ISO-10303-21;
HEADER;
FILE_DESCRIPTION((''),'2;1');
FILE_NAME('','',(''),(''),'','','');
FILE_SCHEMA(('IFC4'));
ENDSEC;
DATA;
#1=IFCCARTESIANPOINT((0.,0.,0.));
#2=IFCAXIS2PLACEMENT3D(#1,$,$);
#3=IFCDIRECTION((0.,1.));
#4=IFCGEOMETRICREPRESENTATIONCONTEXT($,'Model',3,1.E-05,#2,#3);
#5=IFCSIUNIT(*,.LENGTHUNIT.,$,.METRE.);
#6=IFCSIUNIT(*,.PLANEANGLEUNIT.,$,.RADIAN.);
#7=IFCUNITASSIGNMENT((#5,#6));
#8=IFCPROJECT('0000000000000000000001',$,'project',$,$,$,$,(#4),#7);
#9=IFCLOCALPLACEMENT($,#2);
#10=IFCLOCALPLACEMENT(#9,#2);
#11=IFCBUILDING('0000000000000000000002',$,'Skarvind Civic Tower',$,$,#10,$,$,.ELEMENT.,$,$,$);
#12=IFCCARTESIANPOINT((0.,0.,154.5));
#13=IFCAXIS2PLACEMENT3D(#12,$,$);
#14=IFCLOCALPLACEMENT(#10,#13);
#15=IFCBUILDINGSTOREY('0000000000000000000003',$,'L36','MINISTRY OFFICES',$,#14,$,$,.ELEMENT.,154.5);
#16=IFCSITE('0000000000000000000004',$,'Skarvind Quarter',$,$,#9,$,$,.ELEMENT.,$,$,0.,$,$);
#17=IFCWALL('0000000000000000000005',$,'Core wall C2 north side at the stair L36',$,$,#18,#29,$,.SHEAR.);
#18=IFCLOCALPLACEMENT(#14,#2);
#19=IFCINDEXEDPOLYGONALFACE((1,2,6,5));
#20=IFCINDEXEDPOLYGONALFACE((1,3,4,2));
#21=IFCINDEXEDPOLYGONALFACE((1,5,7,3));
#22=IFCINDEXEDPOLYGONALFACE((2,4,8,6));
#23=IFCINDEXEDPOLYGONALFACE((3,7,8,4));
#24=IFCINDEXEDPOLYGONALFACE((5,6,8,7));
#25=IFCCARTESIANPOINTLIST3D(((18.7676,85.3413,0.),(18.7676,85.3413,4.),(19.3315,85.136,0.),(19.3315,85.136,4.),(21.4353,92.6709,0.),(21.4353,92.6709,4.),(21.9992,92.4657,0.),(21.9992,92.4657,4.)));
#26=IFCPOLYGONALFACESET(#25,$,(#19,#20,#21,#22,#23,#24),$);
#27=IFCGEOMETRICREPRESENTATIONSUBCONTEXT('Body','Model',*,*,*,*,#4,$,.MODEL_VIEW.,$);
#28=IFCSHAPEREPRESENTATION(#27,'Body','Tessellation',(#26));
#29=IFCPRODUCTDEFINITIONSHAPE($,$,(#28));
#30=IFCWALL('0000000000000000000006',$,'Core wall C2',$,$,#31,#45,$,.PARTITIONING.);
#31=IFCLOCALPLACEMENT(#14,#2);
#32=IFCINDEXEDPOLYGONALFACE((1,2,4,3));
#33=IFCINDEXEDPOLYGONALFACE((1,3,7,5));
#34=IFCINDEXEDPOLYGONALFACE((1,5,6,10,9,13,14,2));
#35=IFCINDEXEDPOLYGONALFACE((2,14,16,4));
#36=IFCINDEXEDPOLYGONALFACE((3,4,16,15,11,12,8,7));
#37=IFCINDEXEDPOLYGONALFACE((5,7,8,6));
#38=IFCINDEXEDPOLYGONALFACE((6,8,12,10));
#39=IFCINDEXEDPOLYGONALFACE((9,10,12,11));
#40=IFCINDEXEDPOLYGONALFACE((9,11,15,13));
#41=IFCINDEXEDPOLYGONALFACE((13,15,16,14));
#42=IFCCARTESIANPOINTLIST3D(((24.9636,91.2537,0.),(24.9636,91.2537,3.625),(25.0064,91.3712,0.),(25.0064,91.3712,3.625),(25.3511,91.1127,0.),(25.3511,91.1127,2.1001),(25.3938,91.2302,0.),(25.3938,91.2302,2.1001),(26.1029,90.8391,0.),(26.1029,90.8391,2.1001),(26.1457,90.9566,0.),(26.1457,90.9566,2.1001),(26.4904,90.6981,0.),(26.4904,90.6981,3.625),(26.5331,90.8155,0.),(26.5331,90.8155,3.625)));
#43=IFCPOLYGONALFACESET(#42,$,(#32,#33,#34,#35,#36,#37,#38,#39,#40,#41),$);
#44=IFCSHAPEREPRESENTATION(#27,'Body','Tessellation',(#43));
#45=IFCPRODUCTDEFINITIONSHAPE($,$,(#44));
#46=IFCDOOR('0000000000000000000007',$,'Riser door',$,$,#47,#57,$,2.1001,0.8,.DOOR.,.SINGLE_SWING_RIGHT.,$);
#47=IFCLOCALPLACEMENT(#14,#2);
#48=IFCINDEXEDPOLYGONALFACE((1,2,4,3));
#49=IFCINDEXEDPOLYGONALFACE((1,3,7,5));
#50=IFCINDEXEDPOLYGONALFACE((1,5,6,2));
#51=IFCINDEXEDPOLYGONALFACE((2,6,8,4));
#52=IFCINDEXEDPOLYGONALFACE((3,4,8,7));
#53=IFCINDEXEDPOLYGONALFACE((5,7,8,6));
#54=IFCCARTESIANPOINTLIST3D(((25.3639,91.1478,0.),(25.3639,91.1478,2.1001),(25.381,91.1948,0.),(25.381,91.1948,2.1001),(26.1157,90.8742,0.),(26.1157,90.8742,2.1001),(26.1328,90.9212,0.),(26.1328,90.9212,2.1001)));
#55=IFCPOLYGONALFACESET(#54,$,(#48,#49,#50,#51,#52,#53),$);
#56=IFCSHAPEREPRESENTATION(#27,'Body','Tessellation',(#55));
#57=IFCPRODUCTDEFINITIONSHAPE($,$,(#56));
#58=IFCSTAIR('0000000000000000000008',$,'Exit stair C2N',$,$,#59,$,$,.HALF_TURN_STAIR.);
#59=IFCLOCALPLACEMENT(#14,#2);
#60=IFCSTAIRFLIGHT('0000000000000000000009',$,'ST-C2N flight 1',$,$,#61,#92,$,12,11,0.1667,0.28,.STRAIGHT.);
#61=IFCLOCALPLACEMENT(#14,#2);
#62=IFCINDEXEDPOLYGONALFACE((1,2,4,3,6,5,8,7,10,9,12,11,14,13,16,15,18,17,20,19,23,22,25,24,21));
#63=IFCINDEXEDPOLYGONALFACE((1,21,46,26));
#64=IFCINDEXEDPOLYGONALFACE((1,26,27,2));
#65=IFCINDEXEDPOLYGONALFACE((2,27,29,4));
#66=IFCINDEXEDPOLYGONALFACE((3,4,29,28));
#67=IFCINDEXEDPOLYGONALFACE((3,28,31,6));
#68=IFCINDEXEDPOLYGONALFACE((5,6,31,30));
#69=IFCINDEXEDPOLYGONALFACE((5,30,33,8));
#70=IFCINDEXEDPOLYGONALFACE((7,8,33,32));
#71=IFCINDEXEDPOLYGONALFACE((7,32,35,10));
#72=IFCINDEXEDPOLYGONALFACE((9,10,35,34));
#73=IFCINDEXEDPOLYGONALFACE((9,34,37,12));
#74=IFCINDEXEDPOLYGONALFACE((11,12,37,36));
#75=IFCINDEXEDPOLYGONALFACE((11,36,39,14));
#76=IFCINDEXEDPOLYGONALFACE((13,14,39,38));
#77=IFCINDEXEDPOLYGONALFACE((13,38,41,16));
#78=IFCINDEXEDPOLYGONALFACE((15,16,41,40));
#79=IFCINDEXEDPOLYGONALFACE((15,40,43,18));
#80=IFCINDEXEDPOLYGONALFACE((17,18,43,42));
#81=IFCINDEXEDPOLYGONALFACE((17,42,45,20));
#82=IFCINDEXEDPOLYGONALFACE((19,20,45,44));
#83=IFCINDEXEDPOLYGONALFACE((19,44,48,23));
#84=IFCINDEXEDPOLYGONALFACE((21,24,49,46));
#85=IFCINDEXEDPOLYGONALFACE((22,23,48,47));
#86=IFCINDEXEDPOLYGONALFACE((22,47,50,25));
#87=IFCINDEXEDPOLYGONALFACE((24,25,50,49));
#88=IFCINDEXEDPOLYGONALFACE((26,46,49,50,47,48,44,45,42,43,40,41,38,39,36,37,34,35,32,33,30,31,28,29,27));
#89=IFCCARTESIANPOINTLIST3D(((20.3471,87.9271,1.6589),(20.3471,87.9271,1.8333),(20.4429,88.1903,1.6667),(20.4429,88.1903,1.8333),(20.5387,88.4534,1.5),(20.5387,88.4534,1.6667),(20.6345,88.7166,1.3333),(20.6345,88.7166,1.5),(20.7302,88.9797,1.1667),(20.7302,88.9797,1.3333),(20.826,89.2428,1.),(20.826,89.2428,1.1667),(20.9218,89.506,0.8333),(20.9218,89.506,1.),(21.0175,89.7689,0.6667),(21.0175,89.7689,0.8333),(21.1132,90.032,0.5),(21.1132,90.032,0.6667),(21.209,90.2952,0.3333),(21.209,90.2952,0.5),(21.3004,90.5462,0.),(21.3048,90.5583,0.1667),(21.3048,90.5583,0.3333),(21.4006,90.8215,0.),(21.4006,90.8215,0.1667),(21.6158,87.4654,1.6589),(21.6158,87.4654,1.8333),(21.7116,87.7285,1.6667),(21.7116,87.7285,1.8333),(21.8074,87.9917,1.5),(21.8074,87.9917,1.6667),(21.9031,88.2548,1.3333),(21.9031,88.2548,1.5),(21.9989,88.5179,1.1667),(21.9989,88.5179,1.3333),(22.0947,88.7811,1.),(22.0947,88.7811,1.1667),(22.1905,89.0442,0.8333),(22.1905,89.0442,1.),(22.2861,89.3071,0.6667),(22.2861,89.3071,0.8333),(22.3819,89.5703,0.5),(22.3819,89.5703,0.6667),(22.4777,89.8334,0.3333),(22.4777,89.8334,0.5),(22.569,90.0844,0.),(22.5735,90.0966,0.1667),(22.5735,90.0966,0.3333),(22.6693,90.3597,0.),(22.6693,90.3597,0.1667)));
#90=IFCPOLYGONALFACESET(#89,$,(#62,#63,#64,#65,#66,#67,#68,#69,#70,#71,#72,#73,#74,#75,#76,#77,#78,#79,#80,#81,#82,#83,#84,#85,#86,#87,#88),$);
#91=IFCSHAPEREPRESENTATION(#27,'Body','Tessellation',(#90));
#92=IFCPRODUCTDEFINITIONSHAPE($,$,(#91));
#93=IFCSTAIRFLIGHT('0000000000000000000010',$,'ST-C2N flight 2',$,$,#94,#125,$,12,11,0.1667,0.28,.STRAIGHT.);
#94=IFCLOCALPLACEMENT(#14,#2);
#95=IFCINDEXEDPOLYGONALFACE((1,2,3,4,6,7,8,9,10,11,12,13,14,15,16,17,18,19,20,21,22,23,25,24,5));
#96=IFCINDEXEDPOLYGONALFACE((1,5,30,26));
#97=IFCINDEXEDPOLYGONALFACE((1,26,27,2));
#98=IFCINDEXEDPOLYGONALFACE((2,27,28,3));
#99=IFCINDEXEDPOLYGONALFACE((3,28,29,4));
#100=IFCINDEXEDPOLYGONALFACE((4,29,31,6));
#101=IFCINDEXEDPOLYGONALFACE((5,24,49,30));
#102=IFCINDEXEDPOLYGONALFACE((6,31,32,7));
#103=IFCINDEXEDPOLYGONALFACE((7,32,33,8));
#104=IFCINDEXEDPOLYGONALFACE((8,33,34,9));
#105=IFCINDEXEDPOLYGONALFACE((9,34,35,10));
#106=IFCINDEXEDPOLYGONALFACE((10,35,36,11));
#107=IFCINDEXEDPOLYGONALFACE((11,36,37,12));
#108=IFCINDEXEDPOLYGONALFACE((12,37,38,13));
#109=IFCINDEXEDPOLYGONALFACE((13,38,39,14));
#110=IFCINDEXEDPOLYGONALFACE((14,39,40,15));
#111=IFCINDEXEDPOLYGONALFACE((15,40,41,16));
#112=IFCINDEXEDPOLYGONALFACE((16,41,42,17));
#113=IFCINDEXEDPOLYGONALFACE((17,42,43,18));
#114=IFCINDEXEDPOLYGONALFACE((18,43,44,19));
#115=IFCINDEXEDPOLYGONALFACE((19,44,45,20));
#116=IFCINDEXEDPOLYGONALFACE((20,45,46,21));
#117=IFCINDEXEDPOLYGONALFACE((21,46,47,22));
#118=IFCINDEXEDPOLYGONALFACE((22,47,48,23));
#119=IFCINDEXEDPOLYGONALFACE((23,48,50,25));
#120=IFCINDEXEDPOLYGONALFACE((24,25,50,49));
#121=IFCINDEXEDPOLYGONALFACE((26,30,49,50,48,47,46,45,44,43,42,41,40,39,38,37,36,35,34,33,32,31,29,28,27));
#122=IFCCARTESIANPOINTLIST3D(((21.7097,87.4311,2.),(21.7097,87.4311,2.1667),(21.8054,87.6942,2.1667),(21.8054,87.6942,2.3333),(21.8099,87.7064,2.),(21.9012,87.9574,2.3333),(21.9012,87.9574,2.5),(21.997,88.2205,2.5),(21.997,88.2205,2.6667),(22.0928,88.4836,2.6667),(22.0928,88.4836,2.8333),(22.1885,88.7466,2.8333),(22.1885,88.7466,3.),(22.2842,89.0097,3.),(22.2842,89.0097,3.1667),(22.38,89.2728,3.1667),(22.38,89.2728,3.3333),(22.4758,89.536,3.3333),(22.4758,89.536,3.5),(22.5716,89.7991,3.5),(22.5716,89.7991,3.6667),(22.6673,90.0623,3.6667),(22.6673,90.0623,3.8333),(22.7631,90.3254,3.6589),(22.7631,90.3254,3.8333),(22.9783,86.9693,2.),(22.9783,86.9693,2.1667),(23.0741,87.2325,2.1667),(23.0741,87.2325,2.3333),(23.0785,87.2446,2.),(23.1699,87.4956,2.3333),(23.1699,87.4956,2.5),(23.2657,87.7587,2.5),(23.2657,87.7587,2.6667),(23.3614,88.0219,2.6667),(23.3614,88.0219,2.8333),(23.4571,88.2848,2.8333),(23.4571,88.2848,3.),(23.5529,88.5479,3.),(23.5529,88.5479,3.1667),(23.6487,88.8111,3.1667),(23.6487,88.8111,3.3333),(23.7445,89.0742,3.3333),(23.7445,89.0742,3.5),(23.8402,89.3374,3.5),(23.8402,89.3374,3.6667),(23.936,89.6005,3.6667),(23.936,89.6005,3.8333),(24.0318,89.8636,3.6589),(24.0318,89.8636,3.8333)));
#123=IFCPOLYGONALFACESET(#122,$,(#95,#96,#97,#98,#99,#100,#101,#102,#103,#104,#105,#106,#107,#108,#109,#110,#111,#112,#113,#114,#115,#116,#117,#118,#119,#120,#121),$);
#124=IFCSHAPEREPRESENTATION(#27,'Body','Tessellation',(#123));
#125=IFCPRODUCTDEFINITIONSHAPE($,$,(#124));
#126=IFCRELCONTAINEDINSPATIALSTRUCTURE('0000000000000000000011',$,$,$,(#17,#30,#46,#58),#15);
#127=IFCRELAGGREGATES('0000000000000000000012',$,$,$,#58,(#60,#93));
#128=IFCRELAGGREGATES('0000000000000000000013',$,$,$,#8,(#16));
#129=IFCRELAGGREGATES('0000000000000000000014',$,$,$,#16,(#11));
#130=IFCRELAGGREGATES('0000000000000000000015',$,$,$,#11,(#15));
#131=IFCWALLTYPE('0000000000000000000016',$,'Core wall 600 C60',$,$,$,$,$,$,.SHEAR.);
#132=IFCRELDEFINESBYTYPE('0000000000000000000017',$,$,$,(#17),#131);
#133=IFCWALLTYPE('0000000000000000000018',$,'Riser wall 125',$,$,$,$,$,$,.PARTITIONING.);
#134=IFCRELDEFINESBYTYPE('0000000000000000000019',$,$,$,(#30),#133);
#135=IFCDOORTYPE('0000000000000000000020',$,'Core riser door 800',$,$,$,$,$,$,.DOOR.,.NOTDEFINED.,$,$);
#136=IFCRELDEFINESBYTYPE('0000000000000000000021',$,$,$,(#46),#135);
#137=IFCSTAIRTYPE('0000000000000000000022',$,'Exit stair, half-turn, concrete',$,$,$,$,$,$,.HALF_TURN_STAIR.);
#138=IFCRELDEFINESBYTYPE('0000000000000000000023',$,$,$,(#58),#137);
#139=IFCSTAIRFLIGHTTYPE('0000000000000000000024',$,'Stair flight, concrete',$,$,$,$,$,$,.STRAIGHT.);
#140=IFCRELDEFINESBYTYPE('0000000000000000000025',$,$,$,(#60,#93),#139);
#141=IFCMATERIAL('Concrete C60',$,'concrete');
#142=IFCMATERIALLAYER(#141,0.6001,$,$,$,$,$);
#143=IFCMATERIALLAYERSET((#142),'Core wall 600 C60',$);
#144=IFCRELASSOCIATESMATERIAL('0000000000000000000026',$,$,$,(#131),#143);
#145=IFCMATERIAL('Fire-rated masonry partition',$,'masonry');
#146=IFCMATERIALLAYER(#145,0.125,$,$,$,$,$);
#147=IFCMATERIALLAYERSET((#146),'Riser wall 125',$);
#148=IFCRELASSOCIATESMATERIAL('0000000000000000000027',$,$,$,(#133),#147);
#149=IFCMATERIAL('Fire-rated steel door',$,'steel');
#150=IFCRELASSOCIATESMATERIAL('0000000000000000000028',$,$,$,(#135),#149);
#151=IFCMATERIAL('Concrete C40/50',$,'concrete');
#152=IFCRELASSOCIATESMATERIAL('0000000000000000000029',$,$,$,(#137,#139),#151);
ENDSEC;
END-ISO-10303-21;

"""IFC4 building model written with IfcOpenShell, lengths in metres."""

from ifc_helpers import new_model, si_unit, direction, frame, frame_2d, origin, place, context, subcontext, project, spatial, polyline, rectangle, outline, extrude, material, layer, layer_set, type_object, element, fill, aggregate, save


model = new_model("IFC4")

# Units and contexts
model_context = context("Model", 3, precision=1e-05, world=origin(), true_north=direction((0.0, 1.0)))
body_context = subcontext(model_context, "Body", "Model", "MODEL_VIEW")
ifc_project = project(units=[si_unit("LENGTHUNIT", "METRE"), si_unit("PLANEANGLEUNIT", "RADIAN")], contexts=[model_context])

# Site, building, storey
site_placement = place(None, origin())
site = spatial("IfcSite", under=ifc_project, at=site_placement, Name="Skarvind Quarter", CompositionType="ELEMENT", RefElevation=0.0)
building_placement = place(site_placement, origin())
building = spatial("IfcBuilding", under=site, at=building_placement, Name="Skarvind Civic Tower", CompositionType="ELEMENT")
storey_placement = place(building_placement, frame((0.0, 0.0, 154.5)))
storey = spatial("IfcBuildingStorey", under=building, at=storey_placement, Name="L36", Description="MINISTRY OFFICES", CompositionType="ELEMENT", Elevation=154.5)

# Shared definitions
ifc_material_1 = material(Name="Fire-rated masonry partition", Category="masonry")
ifc_material_2 = material(Name="Fire-rated steel door", Category="steel")

# Shared definitions
ifc_material_3 = material(Name="Concrete C60", Category="concrete")

# Wall
ifc_layer_1 = layer(ifc_material_3, 0.6001)
ifc_layer_set_1 = layer_set([ifc_layer_1], Name="Core wall 600 C60")
wall_type_1 = type_object("IfcWallType", Name="Core wall 600 C60", PredefinedType="SHEAR", material=ifc_layer_set_1)
wall_1_placement = place(storey_placement, frame((19.0496, 85.2388, 0.0), z_axis=(0.0, 0.0, 1.0), x_axis=(0.342017, 0.939694, 0.0)))
element("IfcWall", 1, at=wall_1_placement, inside=storey, type_object=wall_type_1, Name="Core wall C2 north side at the stair L36", PredefinedType="SHEAR", context=body_context, shape_type="SweptSolid", body=[
    extrude(rectangle(XDim=7.8, YDim=0.6001, at=frame_2d((3.8999, 0.0))), origin(), (0.0, 0.0, 1.0), 4.0),
])

# Wall, opening, door
ifc_layer_2 = layer(ifc_material_1, 0.125)
ifc_layer_set_2 = layer_set([ifc_layer_2], Name="Riser wall 125")
wall_type_2 = type_object("IfcWallType", Name="Riser wall 125", PredefinedType="PARTITIONING", material=ifc_layer_set_2)
wall_2_placement = place(storey_placement, frame((24.9849, 91.3125, 0.0), z_axis=(0.0, 0.0, 1.0), x_axis=(0.939706, -0.341984, 0.0)))
wall_2 = element("IfcWall", 2, at=wall_2_placement, inside=storey, type_object=wall_type_2, Name="Core wall C2", PredefinedType="PARTITIONING", context=body_context, shape_type="SweptSolid", body=[
    extrude(rectangle(XDim=1.6248, YDim=0.125, at=frame_2d((0.8125, 0.0))), origin(), (0.0, 0.0, 1.0), 3.625),
])
opening_1_placement = place(wall_2_placement, frame((0.4126, 0.0, 0.0)))
opening_1 = element("IfcOpeningElement", 3, at=opening_1_placement, cuts=wall_2, PredefinedType="OPENING", context=body_context, shape_type="SweptSolid", body=[
    extrude(rectangle(XDim=0.8, YDim=2.1001, at=frame_2d((0.3999, 1.05))), frame((0.0, 0.0725, 0.0), z_axis=(0.0, -1.0, 0.0), x_axis=(1.0, 0.0, 0.0)), (0.0, 0.0, 1.0), 0.145),
])
door_type_1 = type_object("IfcDoorType", Name="Core riser door 800", OperationType="NOTDEFINED", PredefinedType="DOOR", material=ifc_material_2)
door_1_placement = place(opening_1_placement, origin())
door_1 = element("IfcDoor", 4, at=door_1_placement, inside=storey, type_object=door_type_1, Name="Riser door", OperationType="SINGLE_SWING_RIGHT", OverallHeight=2.1001, OverallWidth=0.8, PredefinedType="DOOR", context=body_context, shape_type="SweptSolid", body=[
    extrude(rectangle(XDim=0.8, YDim=2.1001, at=frame_2d((0.3999, 1.05))), frame((0.0, 0.0249, 0.0), z_axis=(0.0, -1.0, 0.0), x_axis=(1.0, 0.0, 0.0)), (0.0, 0.0, 1.0), 0.05),
])
fill(opening_1, door_1)

# Stair, stair flights
ifc_material_4 = material(Name="Concrete C40/50", Category="concrete")
stair_type = type_object("IfcStairType", Name="Exit stair, half-turn, concrete", PredefinedType="HALF_TURN_STAIR", material=ifc_material_4)
stair_placement = place(storey_placement, origin())
stair = element("IfcStair", 5, at=stair_placement, inside=storey, type_object=stair_type, Name="Exit stair C2N", PredefinedType="HALF_TURN_STAIR")
stair_flight_type = type_object("IfcStairFlightType", Name="Stair flight, concrete", PredefinedType="STRAIGHT", material=ifc_material_4)
stair_flight_1_placement = place(storey_placement, frame((22.0349, 90.5906, 0.0), z_axis=(0.0, 0.0, 1.0), x_axis=(-0.34202, -0.939693, 0.0)))
stair_flight_1 = element("IfcStairFlight", 6, at=stair_flight_1_placement, type_object=stair_flight_type, Name="ST-C2N flight 1", NumberOfRisers=12, NumberOfTreads=11, PredefinedType="STRAIGHT", RiserHeight=0.1667, TreadLength=0.28, context=body_context, shape_type="SweptSolid", body=[
    extrude(outline(polyline([(0.0, 0.0), (0.0, 0.1667), (0.28, 0.1667), (0.28, 0.3333), (0.5601, 0.3333), (0.5601, 0.5), (0.8401, 0.5), (0.8401, 0.6667), (1.1201, 0.6667), (1.1201, 0.8333), (1.3999, 0.8333), (1.3999, 1.0), (1.6799, 1.0), (1.6799, 1.1667), (1.96, 1.1667), (1.96, 1.3333), (2.24, 1.3333), (2.24, 1.5), (2.52, 1.5), (2.52, 1.6667), (2.8, 1.6667), (2.8, 1.8333), (3.0801, 1.8333), (3.0801, 2.0), (3.0801, 1.6589), (0.293, 0.0), (0.0, 0.0)])), frame((0.0, 0.675, 0.0), z_axis=(0.0, -1.0, 0.0), x_axis=(1.0, 0.0, 0.0)), (0.0, 0.0, 1.0), 1.3501),
])
stair_flight_2_placement = place(storey_placement, frame((22.344, 87.2002, 2.0), z_axis=(0.0, 0.0, 1.0), x_axis=(0.34202, 0.939693, 0.0)))
stair_flight_2 = element("IfcStairFlight", 7, at=stair_flight_2_placement, type_object=stair_flight_type, Name="ST-C2N flight 2", NumberOfRisers=12, NumberOfTreads=11, PredefinedType="STRAIGHT", RiserHeight=0.1667, TreadLength=0.28, context=body_context, shape_type="SweptSolid", body=[
    extrude(outline(polyline([(0.0, 0.0), (0.0, 0.1667), (0.28, 0.1667), (0.28, 0.3333), (0.5601, 0.3333), (0.5601, 0.5), (0.8401, 0.5), (0.8401, 0.6667), (1.1201, 0.6667), (1.1201, 0.8333), (1.3999, 0.8333), (1.3999, 1.0), (1.6799, 1.0), (1.6799, 1.1667), (1.96, 1.1667), (1.96, 1.3333), (2.24, 1.3333), (2.24, 1.5), (2.52, 1.5), (2.52, 1.6667), (2.8, 1.6667), (2.8, 1.8333), (3.0801, 1.8333), (3.0801, 2.0), (3.0801, 1.6589), (0.293, 0.0), (0.0, 0.0)])), frame((0.0, 0.675, 0.0), z_axis=(0.0, -1.0, 0.0), x_axis=(1.0, 0.0, 0.0)), (0.0, 0.0, 1.0), 1.3501),
])
aggregate(stair, [stair_flight_1, stair_flight_2])

save(model, "model.ifc")
